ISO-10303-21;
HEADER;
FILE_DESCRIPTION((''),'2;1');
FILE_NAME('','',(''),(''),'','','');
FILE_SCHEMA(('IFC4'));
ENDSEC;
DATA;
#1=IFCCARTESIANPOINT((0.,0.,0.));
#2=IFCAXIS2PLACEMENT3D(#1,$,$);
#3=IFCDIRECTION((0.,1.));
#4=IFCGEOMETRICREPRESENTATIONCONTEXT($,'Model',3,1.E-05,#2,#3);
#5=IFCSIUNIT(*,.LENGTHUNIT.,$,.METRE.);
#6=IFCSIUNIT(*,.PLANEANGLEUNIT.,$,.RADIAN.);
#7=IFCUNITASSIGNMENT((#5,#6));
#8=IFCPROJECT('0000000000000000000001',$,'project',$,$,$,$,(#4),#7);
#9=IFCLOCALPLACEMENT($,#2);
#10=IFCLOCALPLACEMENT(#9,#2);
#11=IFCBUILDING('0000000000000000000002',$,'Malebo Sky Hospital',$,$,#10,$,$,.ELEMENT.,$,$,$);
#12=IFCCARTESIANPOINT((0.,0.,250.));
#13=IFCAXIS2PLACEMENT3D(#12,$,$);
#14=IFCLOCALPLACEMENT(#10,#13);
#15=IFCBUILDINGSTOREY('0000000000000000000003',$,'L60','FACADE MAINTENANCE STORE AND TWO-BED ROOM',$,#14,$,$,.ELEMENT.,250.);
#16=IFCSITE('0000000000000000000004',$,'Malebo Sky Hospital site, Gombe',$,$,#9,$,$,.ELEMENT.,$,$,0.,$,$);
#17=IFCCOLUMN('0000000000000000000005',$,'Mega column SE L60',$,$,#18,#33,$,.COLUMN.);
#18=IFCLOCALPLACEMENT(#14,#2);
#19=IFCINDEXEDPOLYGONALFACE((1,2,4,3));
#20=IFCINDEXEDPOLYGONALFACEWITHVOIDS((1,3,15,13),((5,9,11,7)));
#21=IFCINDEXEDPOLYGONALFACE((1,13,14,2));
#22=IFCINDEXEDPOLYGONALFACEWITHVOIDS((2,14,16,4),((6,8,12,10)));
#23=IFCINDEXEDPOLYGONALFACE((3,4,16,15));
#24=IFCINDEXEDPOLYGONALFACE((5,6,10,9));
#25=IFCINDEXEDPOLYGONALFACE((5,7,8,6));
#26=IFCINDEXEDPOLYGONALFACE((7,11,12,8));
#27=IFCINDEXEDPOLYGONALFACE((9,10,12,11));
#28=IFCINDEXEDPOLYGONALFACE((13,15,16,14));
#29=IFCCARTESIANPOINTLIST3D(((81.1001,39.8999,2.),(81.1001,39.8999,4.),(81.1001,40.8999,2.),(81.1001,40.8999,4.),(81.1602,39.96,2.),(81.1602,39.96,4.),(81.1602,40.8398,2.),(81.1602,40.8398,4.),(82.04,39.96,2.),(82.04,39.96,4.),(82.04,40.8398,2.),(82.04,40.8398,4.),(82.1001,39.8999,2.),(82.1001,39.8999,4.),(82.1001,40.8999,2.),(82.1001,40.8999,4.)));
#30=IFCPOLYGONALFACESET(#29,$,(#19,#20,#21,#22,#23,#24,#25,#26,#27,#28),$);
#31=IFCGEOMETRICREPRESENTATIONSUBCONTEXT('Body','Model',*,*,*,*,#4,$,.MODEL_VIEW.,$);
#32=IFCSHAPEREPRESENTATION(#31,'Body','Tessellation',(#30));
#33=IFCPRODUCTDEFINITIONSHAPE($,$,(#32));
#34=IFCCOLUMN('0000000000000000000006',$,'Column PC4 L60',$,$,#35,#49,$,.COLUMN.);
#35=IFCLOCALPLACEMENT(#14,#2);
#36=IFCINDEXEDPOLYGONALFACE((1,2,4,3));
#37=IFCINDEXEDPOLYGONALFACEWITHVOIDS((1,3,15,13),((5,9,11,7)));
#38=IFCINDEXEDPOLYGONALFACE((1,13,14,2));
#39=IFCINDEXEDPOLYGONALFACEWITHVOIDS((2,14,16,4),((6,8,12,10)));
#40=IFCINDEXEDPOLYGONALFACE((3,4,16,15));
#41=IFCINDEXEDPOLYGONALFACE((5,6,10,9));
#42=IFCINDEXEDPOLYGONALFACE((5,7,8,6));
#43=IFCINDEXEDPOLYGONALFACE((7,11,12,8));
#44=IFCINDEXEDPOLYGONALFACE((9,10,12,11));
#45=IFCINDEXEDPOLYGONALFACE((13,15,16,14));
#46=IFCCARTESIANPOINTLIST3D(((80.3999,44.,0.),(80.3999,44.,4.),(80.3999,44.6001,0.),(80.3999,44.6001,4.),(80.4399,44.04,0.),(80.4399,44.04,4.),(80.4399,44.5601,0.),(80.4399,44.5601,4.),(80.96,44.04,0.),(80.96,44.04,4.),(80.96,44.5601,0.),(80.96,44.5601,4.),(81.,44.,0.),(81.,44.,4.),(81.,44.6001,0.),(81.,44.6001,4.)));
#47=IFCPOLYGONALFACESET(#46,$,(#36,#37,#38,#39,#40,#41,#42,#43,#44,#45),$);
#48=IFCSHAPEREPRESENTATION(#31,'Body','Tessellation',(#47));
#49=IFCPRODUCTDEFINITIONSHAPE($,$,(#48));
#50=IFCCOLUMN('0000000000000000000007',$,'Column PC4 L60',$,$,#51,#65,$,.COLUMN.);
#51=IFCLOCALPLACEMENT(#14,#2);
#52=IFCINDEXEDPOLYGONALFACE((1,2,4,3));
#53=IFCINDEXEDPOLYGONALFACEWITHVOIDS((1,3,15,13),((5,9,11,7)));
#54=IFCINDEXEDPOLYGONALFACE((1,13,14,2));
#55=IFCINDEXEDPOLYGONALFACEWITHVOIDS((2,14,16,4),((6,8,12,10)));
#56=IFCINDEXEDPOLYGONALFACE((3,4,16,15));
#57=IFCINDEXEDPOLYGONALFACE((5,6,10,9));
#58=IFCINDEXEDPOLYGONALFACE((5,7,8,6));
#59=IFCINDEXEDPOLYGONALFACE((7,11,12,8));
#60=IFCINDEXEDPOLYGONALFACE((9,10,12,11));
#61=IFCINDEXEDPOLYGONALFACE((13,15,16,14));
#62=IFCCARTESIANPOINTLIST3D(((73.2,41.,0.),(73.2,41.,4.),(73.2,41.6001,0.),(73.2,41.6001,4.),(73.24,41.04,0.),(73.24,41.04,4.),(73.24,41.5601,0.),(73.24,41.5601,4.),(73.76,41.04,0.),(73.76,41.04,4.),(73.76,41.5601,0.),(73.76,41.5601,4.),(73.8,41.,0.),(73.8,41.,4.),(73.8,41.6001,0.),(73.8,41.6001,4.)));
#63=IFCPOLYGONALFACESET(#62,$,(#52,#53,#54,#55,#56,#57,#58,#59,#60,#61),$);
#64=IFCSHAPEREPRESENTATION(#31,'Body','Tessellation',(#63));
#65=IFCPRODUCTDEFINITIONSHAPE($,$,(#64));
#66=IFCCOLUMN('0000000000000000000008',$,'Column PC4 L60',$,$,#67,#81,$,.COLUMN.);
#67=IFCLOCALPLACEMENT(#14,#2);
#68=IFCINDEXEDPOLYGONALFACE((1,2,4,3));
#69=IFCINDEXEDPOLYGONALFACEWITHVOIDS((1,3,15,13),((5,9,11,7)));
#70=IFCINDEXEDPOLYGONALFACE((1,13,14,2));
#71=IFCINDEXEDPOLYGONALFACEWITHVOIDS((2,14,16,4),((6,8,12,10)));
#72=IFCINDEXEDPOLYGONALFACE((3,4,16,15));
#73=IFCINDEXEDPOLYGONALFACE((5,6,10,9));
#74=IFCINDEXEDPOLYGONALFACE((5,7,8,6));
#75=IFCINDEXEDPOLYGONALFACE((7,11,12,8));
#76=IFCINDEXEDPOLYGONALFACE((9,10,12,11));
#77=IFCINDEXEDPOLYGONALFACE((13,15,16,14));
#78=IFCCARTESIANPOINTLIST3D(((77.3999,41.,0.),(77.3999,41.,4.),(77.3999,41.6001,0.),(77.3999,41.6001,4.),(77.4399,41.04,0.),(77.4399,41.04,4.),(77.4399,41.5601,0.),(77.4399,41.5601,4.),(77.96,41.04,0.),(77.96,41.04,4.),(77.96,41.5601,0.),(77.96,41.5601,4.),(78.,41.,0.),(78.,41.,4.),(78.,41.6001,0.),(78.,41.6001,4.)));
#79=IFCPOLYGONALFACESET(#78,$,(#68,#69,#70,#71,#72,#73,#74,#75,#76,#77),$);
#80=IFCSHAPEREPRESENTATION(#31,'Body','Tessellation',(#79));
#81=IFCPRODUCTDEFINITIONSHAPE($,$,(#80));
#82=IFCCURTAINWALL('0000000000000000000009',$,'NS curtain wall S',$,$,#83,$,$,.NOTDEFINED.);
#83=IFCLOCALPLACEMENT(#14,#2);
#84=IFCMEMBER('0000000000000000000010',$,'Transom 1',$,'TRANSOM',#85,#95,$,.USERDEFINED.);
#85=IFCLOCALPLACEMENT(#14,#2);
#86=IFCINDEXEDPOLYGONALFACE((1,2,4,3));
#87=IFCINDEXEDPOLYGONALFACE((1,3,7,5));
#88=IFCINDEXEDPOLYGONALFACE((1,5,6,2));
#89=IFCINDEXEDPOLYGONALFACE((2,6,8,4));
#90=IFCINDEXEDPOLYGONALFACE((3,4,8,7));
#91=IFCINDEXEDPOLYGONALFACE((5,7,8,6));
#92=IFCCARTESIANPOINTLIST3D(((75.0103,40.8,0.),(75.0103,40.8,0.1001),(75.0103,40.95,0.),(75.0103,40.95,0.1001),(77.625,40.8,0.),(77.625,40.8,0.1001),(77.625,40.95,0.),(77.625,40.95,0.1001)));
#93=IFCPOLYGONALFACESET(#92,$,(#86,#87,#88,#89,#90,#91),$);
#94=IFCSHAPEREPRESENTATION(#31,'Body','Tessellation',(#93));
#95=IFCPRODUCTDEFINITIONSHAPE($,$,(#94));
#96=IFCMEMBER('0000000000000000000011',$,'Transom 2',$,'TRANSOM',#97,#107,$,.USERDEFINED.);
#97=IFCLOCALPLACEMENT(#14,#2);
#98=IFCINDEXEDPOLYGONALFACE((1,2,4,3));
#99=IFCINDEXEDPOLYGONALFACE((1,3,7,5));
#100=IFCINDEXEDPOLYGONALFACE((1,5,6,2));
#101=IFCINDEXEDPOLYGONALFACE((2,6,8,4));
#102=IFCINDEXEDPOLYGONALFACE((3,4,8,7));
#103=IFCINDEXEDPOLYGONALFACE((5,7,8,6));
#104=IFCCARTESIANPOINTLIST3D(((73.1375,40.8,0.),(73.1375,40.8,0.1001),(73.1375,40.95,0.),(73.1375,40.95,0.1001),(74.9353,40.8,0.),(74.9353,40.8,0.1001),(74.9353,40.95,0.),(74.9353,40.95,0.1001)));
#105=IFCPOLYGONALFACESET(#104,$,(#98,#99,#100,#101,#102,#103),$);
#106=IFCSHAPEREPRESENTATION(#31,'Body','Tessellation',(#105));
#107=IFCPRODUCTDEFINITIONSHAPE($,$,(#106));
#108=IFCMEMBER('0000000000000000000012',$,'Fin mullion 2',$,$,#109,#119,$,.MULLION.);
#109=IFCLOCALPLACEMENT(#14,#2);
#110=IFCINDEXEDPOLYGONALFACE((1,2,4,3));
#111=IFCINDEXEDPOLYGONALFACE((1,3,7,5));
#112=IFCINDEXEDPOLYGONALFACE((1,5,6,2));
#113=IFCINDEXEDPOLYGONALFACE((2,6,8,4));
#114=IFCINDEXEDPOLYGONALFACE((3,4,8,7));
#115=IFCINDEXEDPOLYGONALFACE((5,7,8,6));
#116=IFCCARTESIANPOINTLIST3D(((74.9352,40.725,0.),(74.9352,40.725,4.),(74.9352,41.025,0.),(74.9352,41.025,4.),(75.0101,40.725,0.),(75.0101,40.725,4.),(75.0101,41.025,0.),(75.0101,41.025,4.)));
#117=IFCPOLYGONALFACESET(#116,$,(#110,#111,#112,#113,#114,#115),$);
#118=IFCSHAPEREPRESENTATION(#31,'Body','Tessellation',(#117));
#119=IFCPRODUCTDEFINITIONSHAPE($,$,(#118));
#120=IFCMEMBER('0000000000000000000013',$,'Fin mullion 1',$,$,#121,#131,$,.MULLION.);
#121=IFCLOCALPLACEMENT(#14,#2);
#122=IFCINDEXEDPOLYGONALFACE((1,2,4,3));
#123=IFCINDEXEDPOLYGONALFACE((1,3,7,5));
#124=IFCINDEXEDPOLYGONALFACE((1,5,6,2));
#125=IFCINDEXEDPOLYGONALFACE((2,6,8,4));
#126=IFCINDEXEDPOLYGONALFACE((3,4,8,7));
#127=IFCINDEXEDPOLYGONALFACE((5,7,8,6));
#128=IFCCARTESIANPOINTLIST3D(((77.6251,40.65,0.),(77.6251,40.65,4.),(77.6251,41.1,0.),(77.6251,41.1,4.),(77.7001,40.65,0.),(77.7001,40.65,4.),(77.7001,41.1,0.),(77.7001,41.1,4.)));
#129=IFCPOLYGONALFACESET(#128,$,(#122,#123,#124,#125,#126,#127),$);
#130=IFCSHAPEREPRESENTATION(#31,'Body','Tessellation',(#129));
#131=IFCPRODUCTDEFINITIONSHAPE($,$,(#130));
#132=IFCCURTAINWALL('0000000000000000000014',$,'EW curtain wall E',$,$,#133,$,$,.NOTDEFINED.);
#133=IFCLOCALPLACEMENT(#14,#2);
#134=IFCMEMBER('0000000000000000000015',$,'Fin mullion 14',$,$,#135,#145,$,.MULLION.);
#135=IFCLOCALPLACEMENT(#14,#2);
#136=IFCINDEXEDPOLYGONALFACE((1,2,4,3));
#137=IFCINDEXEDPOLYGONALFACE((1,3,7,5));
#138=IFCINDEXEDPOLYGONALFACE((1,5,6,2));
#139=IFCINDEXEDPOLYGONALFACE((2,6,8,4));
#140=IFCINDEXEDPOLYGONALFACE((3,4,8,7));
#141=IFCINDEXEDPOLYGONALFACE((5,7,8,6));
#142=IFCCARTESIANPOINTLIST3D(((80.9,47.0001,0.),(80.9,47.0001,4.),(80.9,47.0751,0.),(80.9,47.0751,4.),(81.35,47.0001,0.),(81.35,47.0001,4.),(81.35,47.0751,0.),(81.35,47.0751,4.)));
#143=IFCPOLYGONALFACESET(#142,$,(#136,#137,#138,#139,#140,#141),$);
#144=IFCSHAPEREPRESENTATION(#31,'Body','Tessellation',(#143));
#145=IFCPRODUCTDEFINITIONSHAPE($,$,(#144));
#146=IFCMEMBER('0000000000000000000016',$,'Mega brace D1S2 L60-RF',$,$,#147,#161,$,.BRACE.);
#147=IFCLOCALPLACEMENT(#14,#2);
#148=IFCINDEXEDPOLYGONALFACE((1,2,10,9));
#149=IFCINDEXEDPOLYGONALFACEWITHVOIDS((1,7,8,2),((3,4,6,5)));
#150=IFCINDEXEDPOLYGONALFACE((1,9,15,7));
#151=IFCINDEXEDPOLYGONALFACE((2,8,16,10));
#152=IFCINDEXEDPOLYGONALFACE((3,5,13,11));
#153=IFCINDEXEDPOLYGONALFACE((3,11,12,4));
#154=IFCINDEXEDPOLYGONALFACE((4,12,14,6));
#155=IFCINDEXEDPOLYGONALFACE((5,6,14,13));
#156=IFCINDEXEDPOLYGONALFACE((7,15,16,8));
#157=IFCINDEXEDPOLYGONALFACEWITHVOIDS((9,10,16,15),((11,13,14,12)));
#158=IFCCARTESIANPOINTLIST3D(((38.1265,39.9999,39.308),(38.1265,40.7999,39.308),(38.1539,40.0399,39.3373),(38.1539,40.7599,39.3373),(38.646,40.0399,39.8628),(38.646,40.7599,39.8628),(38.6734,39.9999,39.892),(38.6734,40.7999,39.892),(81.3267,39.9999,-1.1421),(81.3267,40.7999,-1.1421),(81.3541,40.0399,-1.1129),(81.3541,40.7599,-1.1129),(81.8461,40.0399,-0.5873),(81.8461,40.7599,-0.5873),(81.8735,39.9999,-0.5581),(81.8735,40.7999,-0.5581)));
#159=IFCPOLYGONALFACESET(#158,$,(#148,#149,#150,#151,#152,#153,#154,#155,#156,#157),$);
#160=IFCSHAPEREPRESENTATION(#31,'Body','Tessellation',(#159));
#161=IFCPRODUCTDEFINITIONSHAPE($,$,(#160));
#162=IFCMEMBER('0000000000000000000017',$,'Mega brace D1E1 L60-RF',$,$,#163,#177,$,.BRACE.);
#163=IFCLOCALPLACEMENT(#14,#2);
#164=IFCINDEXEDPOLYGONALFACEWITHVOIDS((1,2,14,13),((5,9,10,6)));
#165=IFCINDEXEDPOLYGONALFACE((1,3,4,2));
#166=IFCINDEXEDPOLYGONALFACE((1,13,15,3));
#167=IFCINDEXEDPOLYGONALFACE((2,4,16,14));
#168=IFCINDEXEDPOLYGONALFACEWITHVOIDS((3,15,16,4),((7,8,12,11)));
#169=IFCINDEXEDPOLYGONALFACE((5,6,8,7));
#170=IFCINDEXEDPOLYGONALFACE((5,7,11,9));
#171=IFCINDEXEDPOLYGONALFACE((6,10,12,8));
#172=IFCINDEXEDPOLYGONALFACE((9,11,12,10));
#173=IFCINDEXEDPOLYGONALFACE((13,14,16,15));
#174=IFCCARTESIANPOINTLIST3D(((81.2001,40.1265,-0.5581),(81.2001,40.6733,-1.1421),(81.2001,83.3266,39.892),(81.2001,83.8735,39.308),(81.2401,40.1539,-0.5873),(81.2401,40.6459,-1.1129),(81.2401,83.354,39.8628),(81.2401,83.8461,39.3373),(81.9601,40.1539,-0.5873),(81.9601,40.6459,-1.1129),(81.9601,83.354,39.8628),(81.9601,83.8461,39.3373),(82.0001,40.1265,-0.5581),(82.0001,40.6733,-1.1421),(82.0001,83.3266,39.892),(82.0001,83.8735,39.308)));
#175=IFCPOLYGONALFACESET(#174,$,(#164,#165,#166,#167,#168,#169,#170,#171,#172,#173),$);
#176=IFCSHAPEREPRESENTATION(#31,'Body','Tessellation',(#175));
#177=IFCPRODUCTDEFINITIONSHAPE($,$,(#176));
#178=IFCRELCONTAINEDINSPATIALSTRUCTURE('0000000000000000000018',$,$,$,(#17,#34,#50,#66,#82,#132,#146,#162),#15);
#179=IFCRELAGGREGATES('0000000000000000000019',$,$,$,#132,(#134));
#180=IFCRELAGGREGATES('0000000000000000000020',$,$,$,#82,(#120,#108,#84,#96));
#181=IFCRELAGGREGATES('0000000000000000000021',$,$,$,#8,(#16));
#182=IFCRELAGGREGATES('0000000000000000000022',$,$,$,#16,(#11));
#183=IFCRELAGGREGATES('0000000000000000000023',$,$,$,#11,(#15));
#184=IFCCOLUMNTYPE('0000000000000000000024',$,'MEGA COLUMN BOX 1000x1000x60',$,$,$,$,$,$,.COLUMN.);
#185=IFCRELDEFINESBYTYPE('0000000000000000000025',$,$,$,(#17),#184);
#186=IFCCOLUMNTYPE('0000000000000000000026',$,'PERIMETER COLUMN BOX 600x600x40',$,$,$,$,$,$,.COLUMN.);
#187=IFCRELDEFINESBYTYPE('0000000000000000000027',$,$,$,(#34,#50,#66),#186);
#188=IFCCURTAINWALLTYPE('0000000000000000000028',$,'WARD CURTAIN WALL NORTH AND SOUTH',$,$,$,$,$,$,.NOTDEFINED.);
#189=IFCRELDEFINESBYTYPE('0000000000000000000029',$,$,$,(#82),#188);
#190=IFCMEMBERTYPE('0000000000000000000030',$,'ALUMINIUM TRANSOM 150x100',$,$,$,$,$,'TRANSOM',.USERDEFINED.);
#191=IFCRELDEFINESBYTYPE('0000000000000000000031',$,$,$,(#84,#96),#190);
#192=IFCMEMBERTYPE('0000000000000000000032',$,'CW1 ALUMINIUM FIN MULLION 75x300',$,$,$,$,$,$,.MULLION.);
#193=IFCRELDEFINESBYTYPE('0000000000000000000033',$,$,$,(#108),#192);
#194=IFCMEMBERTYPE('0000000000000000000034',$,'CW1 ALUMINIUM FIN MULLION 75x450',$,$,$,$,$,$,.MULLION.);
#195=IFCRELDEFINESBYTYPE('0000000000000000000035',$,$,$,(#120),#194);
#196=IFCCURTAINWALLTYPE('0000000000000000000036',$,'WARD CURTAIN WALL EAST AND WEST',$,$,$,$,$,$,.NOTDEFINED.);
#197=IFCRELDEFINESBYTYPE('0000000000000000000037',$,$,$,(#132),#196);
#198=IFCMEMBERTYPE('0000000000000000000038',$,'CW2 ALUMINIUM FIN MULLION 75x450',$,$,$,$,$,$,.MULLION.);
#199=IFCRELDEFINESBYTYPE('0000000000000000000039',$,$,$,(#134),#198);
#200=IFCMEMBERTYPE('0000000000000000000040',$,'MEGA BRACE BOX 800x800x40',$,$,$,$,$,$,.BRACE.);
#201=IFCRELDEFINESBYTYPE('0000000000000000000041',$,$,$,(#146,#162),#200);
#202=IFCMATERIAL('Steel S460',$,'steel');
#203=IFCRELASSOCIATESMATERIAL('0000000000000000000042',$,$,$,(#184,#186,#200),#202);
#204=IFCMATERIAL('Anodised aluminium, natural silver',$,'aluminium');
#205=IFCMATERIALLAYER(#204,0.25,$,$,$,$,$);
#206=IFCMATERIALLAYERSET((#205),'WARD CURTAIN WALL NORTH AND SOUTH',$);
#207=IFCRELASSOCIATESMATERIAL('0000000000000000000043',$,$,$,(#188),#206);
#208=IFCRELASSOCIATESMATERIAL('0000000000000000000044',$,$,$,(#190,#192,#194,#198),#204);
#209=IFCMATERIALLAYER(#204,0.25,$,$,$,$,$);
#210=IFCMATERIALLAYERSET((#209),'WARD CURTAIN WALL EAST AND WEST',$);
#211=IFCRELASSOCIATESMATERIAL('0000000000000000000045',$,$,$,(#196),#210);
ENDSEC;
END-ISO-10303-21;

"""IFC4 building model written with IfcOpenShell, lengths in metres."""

from ifc_helpers import new_model, si_unit, direction, frame, origin, origin_2d, place, context, subcontext, project, spatial, rectangle, hollow_rectangle, extrude, material, layer, layer_set, material_profile, profile_set, type_object, element, aggregate, save


model = new_model("IFC4")

# Units and contexts
model_context = context("Model", 3, precision=1e-05, world=origin(), true_north=direction((0.0, 1.0)))
body_context = subcontext(model_context, "Body", "Model", "MODEL_VIEW")
ifc_project = project(units=[si_unit("LENGTHUNIT", "METRE"), si_unit("PLANEANGLEUNIT", "RADIAN")], contexts=[model_context])

# Site, building, storey
site_placement = place(None, origin())
site = spatial("IfcSite", under=ifc_project, at=site_placement, Name="Malebo Sky Hospital site, Gombe", CompositionType="ELEMENT", RefElevation=0.0)
building_placement = place(site_placement, origin())
building = spatial("IfcBuilding", under=site, at=building_placement, Name="Malebo Sky Hospital", CompositionType="ELEMENT")
storey_placement = place(building_placement, frame((0.0, 0.0, 250.0)))
storey = spatial("IfcBuildingStorey", under=building, at=storey_placement, Name="L60", Description="FACADE MAINTENANCE STORE AND TWO-BED ROOM", CompositionType="ELEMENT", Elevation=250.0)

# Columns
ifc_material_1 = material(Name="Steel S460", Category="steel")
ifc_material_profile_1 = material_profile(ifc_material_1, hollow_rectangle(XDim=1.0, YDim=1.0, WallThickness=0.0601, at=origin_2d()), Name="BOX 1000x1000x60")
ifc_profile_set_1 = profile_set([ifc_material_profile_1], Name="Steel S460")
column_type_1 = type_object("IfcColumnType", Name="MEGA COLUMN BOX 1000x1000x60", PredefinedType="COLUMN", material=ifc_profile_set_1)
column_placement = place(storey_placement, frame((81.6001, 40.3999, 2.0), z_axis=(0.0, 0.0, 1.0), x_axis=(1.0, 0.0, 0.0)))
element("IfcColumn", 1, at=column_placement, inside=storey, type_object=column_type_1, Name="Mega column SE L60", PredefinedType="COLUMN", context=body_context, shape_type="SweptSolid", body=[
    extrude(hollow_rectangle(XDim=1.0, YDim=1.0, WallThickness=0.0601, at=origin_2d()), origin(), (0.0, 0.0, 1.0), 2.0),
])
ifc_material_profile_2 = material_profile(ifc_material_1, hollow_rectangle(XDim=0.6001, YDim=0.6001, WallThickness=0.04, at=origin_2d()), Name="BOX 600x600x40")
ifc_profile_set_2 = profile_set([ifc_material_profile_2], Name="Steel S460")
column_type_2 = type_object("IfcColumnType", Name="PERIMETER COLUMN BOX 600x600x40", PredefinedType="COLUMN", material=ifc_profile_set_2)
for number, where, z_axis, x_axis, name in (
    (2, (80.7, 44.3, 0.0), (0.0, 0.0, 1.0), (1.0, 0.0, 0.0), "Column PC4 L60"),
    (3, (73.5, 41.3, 0.0), (0.0, 0.0, 1.0), (1.0, 0.0, 0.0), "Column PC4 L60"),
    (4, (77.7, 41.3, 0.0), (0.0, 0.0, 1.0), (1.0, 0.0, 0.0), "Column PC4 L60"),
):
    element("IfcColumn", number, at=place(storey_placement, frame(where, z_axis=z_axis, x_axis=x_axis)), inside=storey, type_object=column_type_2, Name=name, PredefinedType="COLUMN", context=body_context, shape_type="SweptSolid", body=[
        extrude(hollow_rectangle(XDim=0.6001, YDim=0.6001, WallThickness=0.04, at=origin_2d()), origin(), (0.0, 0.0, 1.0), 4.0),
    ])

# Curtain wall, members
ifc_material_2 = material(Name="Anodised aluminium, natural silver", Category="aluminium")
ifc_layer_1 = layer(ifc_material_2, 0.25)
ifc_layer_set_1 = layer_set([ifc_layer_1], Name="WARD CURTAIN WALL NORTH AND SOUTH")
curtain_wall_type_1 = type_object("IfcCurtainWallType", Name="WARD CURTAIN WALL NORTH AND SOUTH", PredefinedType="NOTDEFINED", material=ifc_layer_set_1)
curtain_wall_1_placement = place(storey_placement, origin())
curtain_wall_1 = element("IfcCurtainWall", 5, at=curtain_wall_1_placement, inside=storey, type_object=curtain_wall_type_1, Name="NS curtain wall S", PredefinedType="NOTDEFINED")
ifc_material_profile_3 = material_profile(ifc_material_2, rectangle(XDim=0.1499, YDim=0.1001, at=origin_2d()), Name="ALUMINIUM TRANSOM 150x100")
ifc_profile_set_3 = profile_set([ifc_material_profile_3], Name="Anodised aluminium, natural silver")
member_type_1 = type_object("IfcMemberType", Name="ALUMINIUM TRANSOM 150x100", ElementType="TRANSOM", PredefinedType="USERDEFINED", material=ifc_profile_set_3)
member_1_placement = place(storey_placement, frame((77.625, 40.875, 0.05), z_axis=(-1.0, 0.0, 0.0), x_axis=(0.0, -1.0, 0.0)))
member_1 = element("IfcMember", 6, at=member_1_placement, type_object=member_type_1, Name="Transom 1", ObjectType="TRANSOM", PredefinedType="USERDEFINED", context=body_context, shape_type="SweptSolid", body=[
    extrude(rectangle(XDim=0.1499, YDim=0.1001, at=origin_2d()), origin(), (0.0, 0.0, 1.0), 2.6147),
])
member_2_placement = place(storey_placement, frame((74.9353, 40.875, 0.05), z_axis=(-1.0, 0.0, 0.0), x_axis=(0.0, -1.0, 0.0)))
member_2 = element("IfcMember", 7, at=member_2_placement, type_object=member_type_1, Name="Transom 2", ObjectType="TRANSOM", PredefinedType="USERDEFINED", context=body_context, shape_type="SweptSolid", body=[
    extrude(rectangle(XDim=0.1499, YDim=0.1001, at=origin_2d()), origin(), (0.0, 0.0, 1.0), 1.7979),
])
ifc_material_profile_4 = material_profile(ifc_material_2, rectangle(XDim=0.075, YDim=0.3, at=origin_2d()), Name="CW1 ALUMINIUM FIN MULLION 75x300")
ifc_profile_set_4 = profile_set([ifc_material_profile_4], Name="Anodised aluminium, natural silver")
member_type_2 = type_object("IfcMemberType", Name="CW1 ALUMINIUM FIN MULLION 75x300", PredefinedType="MULLION", material=ifc_profile_set_4)
member_3_placement = place(storey_placement, frame((74.9727, 40.875, 0.0), z_axis=(0.0, 0.0, 1.0), x_axis=(-1.0, 0.0, 0.0)))
member_3 = element("IfcMember", 8, at=member_3_placement, type_object=member_type_2, Name="Fin mullion 2", PredefinedType="MULLION", context=body_context, shape_type="SweptSolid", body=[
    extrude(rectangle(XDim=0.075, YDim=0.3, at=origin_2d()), origin(), (0.0, 0.0, 1.0), 4.0),
])
ifc_material_profile_5 = material_profile(ifc_material_2, rectangle(XDim=0.075, YDim=0.45, at=origin_2d()), Name="CW1 ALUMINIUM FIN MULLION 75x450")
ifc_profile_set_5 = profile_set([ifc_material_profile_5], Name="Anodised aluminium, natural silver")
member_type_3 = type_object("IfcMemberType", Name="CW1 ALUMINIUM FIN MULLION 75x450", PredefinedType="MULLION", material=ifc_profile_set_5)
member_4_placement = place(storey_placement, frame((77.6626, 40.875, 0.0), z_axis=(0.0, 0.0, 1.0), x_axis=(-1.0, 0.0, 0.0)))
member_4 = element("IfcMember", 9, at=member_4_placement, type_object=member_type_3, Name="Fin mullion 1", PredefinedType="MULLION", context=body_context, shape_type="SweptSolid", body=[
    extrude(rectangle(XDim=0.075, YDim=0.45, at=origin_2d()), origin(), (0.0, 0.0, 1.0), 4.0),
])

# Curtain wall, member
ifc_layer_2 = layer(ifc_material_2, 0.25)
ifc_layer_set_2 = layer_set([ifc_layer_2], Name="WARD CURTAIN WALL EAST AND WEST")
curtain_wall_type_2 = type_object("IfcCurtainWallType", Name="WARD CURTAIN WALL EAST AND WEST", PredefinedType="NOTDEFINED", material=ifc_layer_set_2)
curtain_wall_2_placement = place(storey_placement, origin())
curtain_wall_2 = element("IfcCurtainWall", 10, at=curtain_wall_2_placement, inside=storey, type_object=curtain_wall_type_2, Name="EW curtain wall E", PredefinedType="NOTDEFINED")
ifc_material_profile_6 = material_profile(ifc_material_2, rectangle(XDim=0.075, YDim=0.45, at=origin_2d()), Name="CW2 ALUMINIUM FIN MULLION 75x450")
ifc_profile_set_6 = profile_set([ifc_material_profile_6], Name="Anodised aluminium, natural silver")
member_type_4 = type_object("IfcMemberType", Name="CW2 ALUMINIUM FIN MULLION 75x450", PredefinedType="MULLION", material=ifc_profile_set_6)
member_5_placement = place(storey_placement, frame((81.125, 47.0376, 0.0), z_axis=(0.0, 0.0, 1.0), x_axis=(0.0, -1.0, 0.0)))
member_5 = element("IfcMember", 11, at=member_5_placement, type_object=member_type_4, Name="Fin mullion 14", PredefinedType="MULLION", context=body_context, shape_type="SweptSolid", body=[
    extrude(rectangle(XDim=0.075, YDim=0.45, at=origin_2d()), origin(), (0.0, 0.0, 1.0), 4.0),
])
aggregate(curtain_wall_2, [member_5])

# Members
ifc_material_profile_7 = material_profile(ifc_material_1, hollow_rectangle(XDim=0.8, YDim=0.8, WallThickness=0.04, at=origin_2d()), Name="BOX 800x800x40")
ifc_profile_set_7 = profile_set([ifc_material_profile_7], Name="Steel S460")
member_type_5 = type_object("IfcMemberType", Name="MEGA BRACE BOX 800x800x40", PredefinedType="BRACE", material=ifc_profile_set_7)
for number, where, z_axis, x_axis, name in (
    (12, (81.6001, 40.3999, -0.8501), (-0.729959, 0.0, 0.683491), (0.0, -1.0, 0.0), "Mega brace D1S2 L60-RF"),
    (13, (81.6001, 40.3999, -0.8501), (0.0, 0.729959, 0.683491), (-1.0, 0.0, 0.0), "Mega brace D1E1 L60-RF"),
):
    element("IfcMember", number, at=place(storey_placement, frame(where, z_axis=z_axis, x_axis=x_axis)), inside=storey, type_object=member_type_5, Name=name, PredefinedType="BRACE", context=body_context, shape_type="SweptSolid", body=[
        extrude(hollow_rectangle(XDim=0.8, YDim=0.8, WallThickness=0.04, at=origin_2d()), origin(), (0.0, 0.0, 1.0), 59.1816),
    ])

aggregate(curtain_wall_1, [member_4, member_3, member_1, member_2])

save(model, "model.ifc")
